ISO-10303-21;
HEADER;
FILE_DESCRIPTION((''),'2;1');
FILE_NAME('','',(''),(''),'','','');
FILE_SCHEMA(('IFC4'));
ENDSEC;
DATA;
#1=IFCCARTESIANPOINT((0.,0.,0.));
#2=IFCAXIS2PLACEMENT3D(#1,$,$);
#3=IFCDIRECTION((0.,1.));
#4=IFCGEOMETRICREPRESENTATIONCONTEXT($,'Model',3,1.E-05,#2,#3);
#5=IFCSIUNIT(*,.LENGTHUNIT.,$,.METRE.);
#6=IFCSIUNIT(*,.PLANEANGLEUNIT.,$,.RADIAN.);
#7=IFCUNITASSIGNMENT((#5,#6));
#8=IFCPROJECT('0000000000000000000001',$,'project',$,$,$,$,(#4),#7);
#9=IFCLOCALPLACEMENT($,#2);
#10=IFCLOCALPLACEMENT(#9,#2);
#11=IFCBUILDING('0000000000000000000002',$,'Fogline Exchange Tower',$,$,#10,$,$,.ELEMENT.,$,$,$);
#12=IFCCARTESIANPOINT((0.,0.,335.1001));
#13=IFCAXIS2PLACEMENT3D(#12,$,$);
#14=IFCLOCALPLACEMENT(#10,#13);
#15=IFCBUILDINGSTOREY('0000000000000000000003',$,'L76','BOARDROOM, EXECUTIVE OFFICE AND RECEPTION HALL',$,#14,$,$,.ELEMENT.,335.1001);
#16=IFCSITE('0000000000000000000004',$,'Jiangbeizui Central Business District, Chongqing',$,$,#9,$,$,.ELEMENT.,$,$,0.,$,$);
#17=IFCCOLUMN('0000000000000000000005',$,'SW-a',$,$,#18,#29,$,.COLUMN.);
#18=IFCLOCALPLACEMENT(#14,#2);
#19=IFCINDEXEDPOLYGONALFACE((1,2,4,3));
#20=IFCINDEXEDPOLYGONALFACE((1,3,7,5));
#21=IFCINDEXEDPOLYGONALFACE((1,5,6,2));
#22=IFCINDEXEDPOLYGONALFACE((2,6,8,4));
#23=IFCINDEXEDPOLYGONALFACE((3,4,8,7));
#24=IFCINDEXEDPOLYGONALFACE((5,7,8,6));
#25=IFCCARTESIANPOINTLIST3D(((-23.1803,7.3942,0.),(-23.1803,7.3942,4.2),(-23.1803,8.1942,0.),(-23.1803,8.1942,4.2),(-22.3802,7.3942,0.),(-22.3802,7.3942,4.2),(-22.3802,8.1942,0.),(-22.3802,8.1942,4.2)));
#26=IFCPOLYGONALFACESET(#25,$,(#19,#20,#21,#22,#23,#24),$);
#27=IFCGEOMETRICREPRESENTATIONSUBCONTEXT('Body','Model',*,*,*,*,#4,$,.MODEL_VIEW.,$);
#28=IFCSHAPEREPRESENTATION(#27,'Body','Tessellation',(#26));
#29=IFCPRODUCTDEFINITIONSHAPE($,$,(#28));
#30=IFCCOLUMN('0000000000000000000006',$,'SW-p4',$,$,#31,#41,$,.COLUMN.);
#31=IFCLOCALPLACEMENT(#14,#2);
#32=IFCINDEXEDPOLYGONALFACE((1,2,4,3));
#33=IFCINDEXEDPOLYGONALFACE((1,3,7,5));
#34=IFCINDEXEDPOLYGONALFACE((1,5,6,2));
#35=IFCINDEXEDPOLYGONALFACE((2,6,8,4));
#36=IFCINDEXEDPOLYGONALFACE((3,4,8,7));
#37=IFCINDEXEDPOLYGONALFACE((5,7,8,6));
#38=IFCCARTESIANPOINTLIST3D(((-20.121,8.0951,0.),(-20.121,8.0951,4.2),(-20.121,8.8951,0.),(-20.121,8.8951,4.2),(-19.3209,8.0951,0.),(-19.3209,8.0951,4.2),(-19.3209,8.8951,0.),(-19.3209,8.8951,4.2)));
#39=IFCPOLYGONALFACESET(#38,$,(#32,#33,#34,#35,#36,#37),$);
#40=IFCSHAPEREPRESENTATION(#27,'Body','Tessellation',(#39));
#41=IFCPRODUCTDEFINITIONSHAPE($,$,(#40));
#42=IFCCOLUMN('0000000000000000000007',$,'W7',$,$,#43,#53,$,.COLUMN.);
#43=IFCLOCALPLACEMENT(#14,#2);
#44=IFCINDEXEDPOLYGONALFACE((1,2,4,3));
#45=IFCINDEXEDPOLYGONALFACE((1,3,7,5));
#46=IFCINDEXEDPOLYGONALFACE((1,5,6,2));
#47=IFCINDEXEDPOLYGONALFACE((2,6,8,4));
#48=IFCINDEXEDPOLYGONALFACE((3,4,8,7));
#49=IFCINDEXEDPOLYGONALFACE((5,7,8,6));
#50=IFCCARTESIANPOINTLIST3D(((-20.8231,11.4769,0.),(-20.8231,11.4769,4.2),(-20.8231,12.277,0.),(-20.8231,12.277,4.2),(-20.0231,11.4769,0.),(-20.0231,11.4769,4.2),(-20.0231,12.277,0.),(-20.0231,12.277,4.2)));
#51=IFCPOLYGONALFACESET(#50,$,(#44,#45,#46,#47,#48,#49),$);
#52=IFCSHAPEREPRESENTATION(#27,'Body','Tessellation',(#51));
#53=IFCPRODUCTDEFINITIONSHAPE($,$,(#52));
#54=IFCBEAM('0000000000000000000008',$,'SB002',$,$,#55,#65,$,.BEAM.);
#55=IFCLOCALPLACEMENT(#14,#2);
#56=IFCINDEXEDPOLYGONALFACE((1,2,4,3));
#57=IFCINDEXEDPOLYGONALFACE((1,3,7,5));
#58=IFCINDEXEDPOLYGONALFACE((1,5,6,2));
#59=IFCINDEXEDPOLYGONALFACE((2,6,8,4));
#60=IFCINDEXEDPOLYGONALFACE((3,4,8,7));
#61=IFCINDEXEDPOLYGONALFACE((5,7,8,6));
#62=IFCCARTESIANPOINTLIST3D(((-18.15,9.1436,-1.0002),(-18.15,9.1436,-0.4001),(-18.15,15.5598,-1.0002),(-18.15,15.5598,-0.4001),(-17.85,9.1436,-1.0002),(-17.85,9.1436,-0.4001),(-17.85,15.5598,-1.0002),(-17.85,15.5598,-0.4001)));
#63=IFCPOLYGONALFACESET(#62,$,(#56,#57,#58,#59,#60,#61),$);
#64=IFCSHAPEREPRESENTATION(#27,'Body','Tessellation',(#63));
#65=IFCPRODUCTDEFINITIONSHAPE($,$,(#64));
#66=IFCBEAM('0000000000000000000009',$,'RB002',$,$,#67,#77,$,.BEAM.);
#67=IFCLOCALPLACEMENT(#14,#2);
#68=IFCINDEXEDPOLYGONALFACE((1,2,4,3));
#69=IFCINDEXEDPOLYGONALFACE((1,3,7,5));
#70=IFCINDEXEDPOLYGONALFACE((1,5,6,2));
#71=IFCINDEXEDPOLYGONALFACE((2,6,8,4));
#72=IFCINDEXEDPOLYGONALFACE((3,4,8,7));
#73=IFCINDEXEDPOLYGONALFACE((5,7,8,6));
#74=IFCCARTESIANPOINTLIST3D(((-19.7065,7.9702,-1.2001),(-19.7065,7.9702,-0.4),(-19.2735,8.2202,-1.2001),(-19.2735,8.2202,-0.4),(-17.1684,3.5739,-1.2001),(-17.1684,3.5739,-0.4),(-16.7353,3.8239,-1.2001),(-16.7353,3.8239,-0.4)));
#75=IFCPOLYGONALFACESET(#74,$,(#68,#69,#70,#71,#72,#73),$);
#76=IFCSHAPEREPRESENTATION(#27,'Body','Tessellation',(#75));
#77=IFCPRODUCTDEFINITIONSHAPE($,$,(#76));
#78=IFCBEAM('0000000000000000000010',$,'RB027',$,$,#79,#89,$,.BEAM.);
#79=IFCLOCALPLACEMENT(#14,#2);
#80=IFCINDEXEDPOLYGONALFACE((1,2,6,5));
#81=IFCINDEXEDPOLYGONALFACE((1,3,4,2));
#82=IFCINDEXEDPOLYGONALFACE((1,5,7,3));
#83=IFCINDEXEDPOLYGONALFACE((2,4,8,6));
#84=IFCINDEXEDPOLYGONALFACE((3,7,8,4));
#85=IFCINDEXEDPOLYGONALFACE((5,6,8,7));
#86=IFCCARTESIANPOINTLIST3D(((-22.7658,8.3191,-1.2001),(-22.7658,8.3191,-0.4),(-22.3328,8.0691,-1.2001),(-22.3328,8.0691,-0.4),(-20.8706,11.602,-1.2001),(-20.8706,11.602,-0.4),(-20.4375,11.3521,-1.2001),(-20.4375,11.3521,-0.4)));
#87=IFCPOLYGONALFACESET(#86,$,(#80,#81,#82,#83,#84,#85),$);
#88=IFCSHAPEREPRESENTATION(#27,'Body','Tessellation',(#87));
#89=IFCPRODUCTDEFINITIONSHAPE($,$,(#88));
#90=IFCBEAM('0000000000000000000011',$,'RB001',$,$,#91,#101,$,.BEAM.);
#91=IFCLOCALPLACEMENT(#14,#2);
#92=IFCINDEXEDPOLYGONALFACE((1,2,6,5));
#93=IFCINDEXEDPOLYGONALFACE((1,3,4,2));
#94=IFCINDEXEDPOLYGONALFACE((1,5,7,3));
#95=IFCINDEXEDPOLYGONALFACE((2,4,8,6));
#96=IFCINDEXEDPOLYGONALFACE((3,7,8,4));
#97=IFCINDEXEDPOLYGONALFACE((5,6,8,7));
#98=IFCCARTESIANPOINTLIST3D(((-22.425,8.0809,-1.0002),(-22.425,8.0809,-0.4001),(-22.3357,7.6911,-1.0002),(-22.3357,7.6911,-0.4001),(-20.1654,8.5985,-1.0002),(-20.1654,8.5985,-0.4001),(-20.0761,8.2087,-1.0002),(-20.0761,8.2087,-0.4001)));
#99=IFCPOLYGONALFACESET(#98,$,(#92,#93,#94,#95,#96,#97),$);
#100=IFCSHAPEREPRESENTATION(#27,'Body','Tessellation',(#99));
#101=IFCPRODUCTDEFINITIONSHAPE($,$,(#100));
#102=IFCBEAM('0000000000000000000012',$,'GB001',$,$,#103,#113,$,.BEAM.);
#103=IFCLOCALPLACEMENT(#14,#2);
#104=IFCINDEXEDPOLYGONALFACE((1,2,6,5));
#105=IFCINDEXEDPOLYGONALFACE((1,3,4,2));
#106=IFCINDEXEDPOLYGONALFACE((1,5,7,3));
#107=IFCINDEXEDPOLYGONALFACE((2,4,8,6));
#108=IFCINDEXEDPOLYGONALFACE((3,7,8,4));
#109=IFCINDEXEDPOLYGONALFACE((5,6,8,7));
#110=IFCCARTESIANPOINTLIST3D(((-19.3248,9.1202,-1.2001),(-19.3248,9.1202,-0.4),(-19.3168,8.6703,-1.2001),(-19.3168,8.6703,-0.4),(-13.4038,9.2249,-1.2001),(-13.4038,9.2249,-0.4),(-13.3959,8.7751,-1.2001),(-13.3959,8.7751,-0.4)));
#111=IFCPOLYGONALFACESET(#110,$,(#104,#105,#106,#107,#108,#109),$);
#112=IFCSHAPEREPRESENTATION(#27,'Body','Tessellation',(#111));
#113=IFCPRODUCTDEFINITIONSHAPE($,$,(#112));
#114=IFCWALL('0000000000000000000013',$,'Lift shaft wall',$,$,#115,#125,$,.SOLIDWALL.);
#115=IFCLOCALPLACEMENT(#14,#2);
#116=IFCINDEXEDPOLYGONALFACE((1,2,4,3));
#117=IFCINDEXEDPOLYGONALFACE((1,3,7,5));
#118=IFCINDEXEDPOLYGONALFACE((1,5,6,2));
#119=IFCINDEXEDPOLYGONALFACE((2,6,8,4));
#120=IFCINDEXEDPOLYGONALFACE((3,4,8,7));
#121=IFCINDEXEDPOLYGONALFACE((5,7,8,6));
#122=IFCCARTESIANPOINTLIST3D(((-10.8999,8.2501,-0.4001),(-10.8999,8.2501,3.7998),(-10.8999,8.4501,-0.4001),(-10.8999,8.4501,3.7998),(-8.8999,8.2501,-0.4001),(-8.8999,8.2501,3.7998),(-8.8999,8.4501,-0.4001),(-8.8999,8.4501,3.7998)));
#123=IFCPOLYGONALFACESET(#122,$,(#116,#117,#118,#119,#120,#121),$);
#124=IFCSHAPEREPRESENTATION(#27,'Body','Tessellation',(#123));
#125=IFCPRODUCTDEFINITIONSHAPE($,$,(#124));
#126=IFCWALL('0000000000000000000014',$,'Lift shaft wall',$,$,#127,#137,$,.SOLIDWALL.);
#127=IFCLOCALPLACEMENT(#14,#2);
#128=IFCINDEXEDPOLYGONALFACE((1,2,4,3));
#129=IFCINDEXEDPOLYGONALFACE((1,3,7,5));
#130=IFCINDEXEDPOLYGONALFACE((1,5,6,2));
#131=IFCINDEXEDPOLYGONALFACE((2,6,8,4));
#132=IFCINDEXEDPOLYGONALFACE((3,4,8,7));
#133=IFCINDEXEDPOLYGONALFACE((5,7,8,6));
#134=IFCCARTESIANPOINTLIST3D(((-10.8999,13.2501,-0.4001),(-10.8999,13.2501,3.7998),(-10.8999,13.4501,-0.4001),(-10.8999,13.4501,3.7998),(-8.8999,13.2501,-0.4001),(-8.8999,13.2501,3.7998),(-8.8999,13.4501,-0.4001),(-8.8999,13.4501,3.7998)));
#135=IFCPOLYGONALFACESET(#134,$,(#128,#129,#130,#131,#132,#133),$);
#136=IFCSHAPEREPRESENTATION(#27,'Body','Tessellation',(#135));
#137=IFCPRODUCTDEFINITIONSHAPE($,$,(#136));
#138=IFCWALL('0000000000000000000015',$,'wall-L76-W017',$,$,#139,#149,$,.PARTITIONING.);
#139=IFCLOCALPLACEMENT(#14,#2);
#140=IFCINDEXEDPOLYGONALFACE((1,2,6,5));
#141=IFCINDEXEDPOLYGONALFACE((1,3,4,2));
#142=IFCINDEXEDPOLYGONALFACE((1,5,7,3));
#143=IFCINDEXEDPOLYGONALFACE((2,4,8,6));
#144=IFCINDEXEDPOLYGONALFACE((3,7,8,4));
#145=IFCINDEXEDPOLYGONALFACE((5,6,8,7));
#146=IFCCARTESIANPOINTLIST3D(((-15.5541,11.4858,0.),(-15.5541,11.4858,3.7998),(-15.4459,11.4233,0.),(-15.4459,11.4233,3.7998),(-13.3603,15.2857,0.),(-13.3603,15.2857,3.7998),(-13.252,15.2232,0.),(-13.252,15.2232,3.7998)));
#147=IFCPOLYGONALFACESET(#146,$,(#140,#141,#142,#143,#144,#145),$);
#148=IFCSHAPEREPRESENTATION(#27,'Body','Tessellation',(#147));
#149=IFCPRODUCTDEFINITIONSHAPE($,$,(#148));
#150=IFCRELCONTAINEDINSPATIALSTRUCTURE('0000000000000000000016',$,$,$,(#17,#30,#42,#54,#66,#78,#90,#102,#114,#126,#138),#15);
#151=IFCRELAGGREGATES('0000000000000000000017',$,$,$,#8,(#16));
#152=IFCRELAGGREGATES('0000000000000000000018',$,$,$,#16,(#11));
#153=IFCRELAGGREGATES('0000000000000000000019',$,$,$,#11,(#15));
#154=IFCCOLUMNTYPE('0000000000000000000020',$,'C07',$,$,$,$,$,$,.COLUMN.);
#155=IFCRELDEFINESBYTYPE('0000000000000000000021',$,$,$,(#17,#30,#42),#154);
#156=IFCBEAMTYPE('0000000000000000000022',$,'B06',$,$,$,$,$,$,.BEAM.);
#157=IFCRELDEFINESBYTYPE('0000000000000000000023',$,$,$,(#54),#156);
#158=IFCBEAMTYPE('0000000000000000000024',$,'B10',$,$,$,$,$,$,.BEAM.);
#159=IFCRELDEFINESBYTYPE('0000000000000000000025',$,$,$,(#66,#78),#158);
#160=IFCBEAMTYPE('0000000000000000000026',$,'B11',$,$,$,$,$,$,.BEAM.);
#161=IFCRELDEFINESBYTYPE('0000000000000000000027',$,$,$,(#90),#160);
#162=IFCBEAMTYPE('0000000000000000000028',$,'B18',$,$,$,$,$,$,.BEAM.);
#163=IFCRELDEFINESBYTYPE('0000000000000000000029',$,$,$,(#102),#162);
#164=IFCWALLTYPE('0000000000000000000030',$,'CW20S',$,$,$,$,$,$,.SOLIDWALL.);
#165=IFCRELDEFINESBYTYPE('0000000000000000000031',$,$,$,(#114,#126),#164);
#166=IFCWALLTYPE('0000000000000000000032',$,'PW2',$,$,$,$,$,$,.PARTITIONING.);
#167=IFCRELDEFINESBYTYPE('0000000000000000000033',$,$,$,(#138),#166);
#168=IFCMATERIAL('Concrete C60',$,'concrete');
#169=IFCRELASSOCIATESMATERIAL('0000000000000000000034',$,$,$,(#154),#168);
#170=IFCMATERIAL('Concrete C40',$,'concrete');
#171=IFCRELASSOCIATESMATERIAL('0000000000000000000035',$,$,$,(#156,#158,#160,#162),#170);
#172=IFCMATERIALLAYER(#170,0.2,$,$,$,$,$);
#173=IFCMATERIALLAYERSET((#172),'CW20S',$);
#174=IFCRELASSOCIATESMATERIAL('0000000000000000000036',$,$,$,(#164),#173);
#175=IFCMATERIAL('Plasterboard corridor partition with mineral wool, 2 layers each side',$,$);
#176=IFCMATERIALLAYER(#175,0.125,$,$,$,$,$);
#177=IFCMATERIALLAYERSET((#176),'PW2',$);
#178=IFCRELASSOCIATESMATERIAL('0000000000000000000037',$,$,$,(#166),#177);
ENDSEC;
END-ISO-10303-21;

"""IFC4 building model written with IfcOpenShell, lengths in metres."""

from ifc_helpers import new_model, si_unit, direction, frame, frame_2d, origin, origin_2d, place, context, subcontext, project, spatial, rectangle, extrude, material, layer, layer_set, material_profile, profile_set, type_object, element, save


model = new_model("IFC4")

# Units and contexts
model_context = context("Model", 3, precision=1e-05, world=origin(), true_north=direction((0.0, 1.0)))
body_context = subcontext(model_context, "Body", "Model", "MODEL_VIEW")
ifc_project = project(units=[si_unit("LENGTHUNIT", "METRE"), si_unit("PLANEANGLEUNIT", "RADIAN")], contexts=[model_context])

# Site, building, storey
site_placement = place(None, origin())
site = spatial("IfcSite", under=ifc_project, at=site_placement, Name="Jiangbeizui Central Business District, Chongqing", CompositionType="ELEMENT", RefElevation=0.0)
building_placement = place(site_placement, origin())
building = spatial("IfcBuilding", under=site, at=building_placement, Name="Fogline Exchange Tower", CompositionType="ELEMENT")
storey_placement = place(building_placement, frame((0.0, 0.0, 335.1001)))
storey = spatial("IfcBuildingStorey", under=building, at=storey_placement, Name="L76", Description="BOARDROOM, EXECUTIVE OFFICE AND RECEPTION HALL", CompositionType="ELEMENT", Elevation=335.1001)

# Columns
ifc_material_1 = material(Name="Concrete C60", Category="concrete")
ifc_material_profile_1 = material_profile(ifc_material_1, rectangle(XDim=0.8, YDim=0.8, at=origin_2d()), Name="RC 800x800")
ifc_profile_set_1 = profile_set([ifc_material_profile_1], Name="Concrete C60")
column_type = type_object("IfcColumnType", Name="C07", PredefinedType="COLUMN", material=ifc_profile_set_1)
for number, where, z_axis, x_axis, name in (
    (1, (-22.7803, 7.7942, 0.0), (0.0, 0.0, 1.0), (1.0, 0.0, 0.0), "SW-a"),
    (2, (-19.7209, 8.4951, 0.0), (0.0, 0.0, 1.0), (1.0, 0.0, 0.0), "SW-p4"),
    (3, (-20.4231, 11.877, 0.0), (0.0, 0.0, 1.0), (1.0, 0.0, 0.0), "W7"),
):
    element("IfcColumn", number, at=place(storey_placement, frame(where, z_axis=z_axis, x_axis=x_axis)), inside=storey, type_object=column_type, Name=name, PredefinedType="COLUMN", context=body_context, shape_type="SweptSolid", body=[
        extrude(rectangle(XDim=0.8, YDim=0.8, at=origin_2d()), origin(), (0.0, 0.0, 1.0), 4.2),
    ])

# Beams
ifc_material_2 = material(Name="Concrete C40", Category="concrete")
ifc_material_profile_2 = material_profile(ifc_material_2, rectangle(XDim=0.3, YDim=0.6001, at=origin_2d()), Name="RC 300x600")
ifc_profile_set_2 = profile_set([ifc_material_profile_2], Name="Concrete C40")
beam_type_1 = type_object("IfcBeamType", Name="B06", PredefinedType="BEAM", material=ifc_profile_set_2)
beam_1_placement = place(storey_placement, frame((-18.0, 9.1436, -0.7002), z_axis=(0.0, 1.0, 0.0), x_axis=(-1.0, 0.0, 0.0)))
element("IfcBeam", 4, at=beam_1_placement, inside=storey, type_object=beam_type_1, Name="SB002", PredefinedType="BEAM", context=body_context, shape_type="SweptSolid", body=[
    extrude(rectangle(XDim=0.3, YDim=0.6001, at=origin_2d()), origin(), (0.0, 0.0, 1.0), 6.4163),
])
ifc_material_profile_3 = material_profile(ifc_material_2, rectangle(XDim=0.5, YDim=0.8, at=origin_2d()), Name="RC 500x800")
ifc_profile_set_3 = profile_set([ifc_material_profile_3], Name="Concrete C40")
beam_type_2 = type_object("IfcBeamType", Name="B10", PredefinedType="BEAM", material=ifc_profile_set_3)
beam_2_placement = place(storey_placement, frame((-19.49, 8.0952, -0.8), z_axis=(0.499988, -0.866033, 0.0), x_axis=(0.866033, 0.499988, 0.0)))
element("IfcBeam", 5, at=beam_2_placement, inside=storey, type_object=beam_type_2, Name="RB002", PredefinedType="BEAM", context=body_context, shape_type="SweptSolid", body=[
    extrude(rectangle(XDim=0.5, YDim=0.8, at=origin_2d()), origin(), (0.0, 0.0, 1.0), 5.0764),
])
beam_3_placement = place(storey_placement, frame((-20.6541, 11.4771, -0.8), z_axis=(-0.49997, -0.866043, 0.0), x_axis=(0.866043, -0.49997, 0.0)))
element("IfcBeam", 6, at=beam_3_placement, inside=storey, type_object=beam_type_2, Name="RB027", PredefinedType="BEAM", context=body_context, shape_type="SweptSolid", body=[
    extrude(rectangle(XDim=0.5, YDim=0.8, at=origin_2d()), origin(), (0.0, 0.0, 1.0), 3.7908),
])
ifc_material_profile_4 = material_profile(ifc_material_2, rectangle(XDim=0.3999, YDim=0.6001, at=origin_2d()), Name="RC 400x600")
ifc_profile_set_4 = profile_set([ifc_material_profile_4], Name="Concrete C40")
beam_type_3 = type_object("IfcBeamType", Name="B11", PredefinedType="BEAM", material=ifc_profile_set_4)
beam_4_placement = place(storey_placement, frame((-22.3804, 7.886, -0.7002), z_axis=(0.974754, 0.223282, 0.0), x_axis=(-0.223282, 0.974754, 0.0)))
element("IfcBeam", 7, at=beam_4_placement, inside=storey, type_object=beam_type_3, Name="RB001", PredefinedType="BEAM", context=body_context, shape_type="SweptSolid", body=[
    extrude(rectangle(XDim=0.3999, YDim=0.6001, at=origin_2d()), origin(), (0.0, 0.0, 1.0), 2.3181),
])
ifc_material_profile_5 = material_profile(ifc_material_2, rectangle(XDim=0.45, YDim=0.8, at=origin_2d()), Name="RC 450x800")
ifc_profile_set_5 = profile_set([ifc_material_profile_5], Name="Concrete C40")
beam_type_4 = type_object("IfcBeamType", Name="B18", PredefinedType="BEAM", material=ifc_profile_set_5)
beam_5_placement = place(storey_placement, frame((-19.3208, 8.8953, -0.8), z_axis=(0.999844, 0.017686, 0.0), x_axis=(-0.017686, 0.999844, 0.0)))
element("IfcBeam", 8, at=beam_5_placement, inside=storey, type_object=beam_type_4, Name="GB001", PredefinedType="BEAM", context=body_context, shape_type="SweptSolid", body=[
    extrude(rectangle(XDim=0.45, YDim=0.8, at=origin_2d()), origin(), (0.0, 0.0, 1.0), 5.9219),
])

# Walls
ifc_layer_1 = layer(ifc_material_2, 0.2)
ifc_layer_set_1 = layer_set([ifc_layer_1], Name="CW20S")
wall_type_1 = type_object("IfcWallType", Name="CW20S", PredefinedType="SOLIDWALL", material=ifc_layer_set_1)
for number, where, z_axis, x_axis, name in (
    (9, (-10.8999, 8.3501, -0.4001), (0.0, 0.0, 1.0), (1.0, 0.0, 0.0), "Lift shaft wall"),
    (10, (-10.8999, 13.3501, -0.4001), (0.0, 0.0, 1.0), (1.0, 0.0, 0.0), "Lift shaft wall"),
):
    element("IfcWall", number, at=place(storey_placement, frame(where, z_axis=z_axis, x_axis=x_axis)), inside=storey, type_object=wall_type_1, Name=name, PredefinedType="SOLIDWALL", context=body_context, shape_type="SweptSolid", body=[
        extrude(rectangle(XDim=2.0, YDim=0.2, at=frame_2d((1.0, 0.0))), origin(), (0.0, 0.0, 1.0), 4.2),
    ])

# Wall
ifc_material_3 = material(Name="Plasterboard corridor partition with mineral wool, 2 layers each side")
ifc_layer_2 = layer(ifc_material_3, 0.125)
ifc_layer_set_2 = layer_set([ifc_layer_2], Name="PW2")
wall_type_2 = type_object("IfcWallType", Name="PW2", PredefinedType="PARTITIONING", material=ifc_layer_set_2)
wall_1_placement = place(storey_placement, frame((-15.5, 11.4546, 0.0), z_axis=(0.0, 0.0, 1.0), x_axis=(0.500005, 0.866023, 0.0)))
element("IfcWall", 11, at=wall_1_placement, inside=storey, type_object=wall_type_2, Name="wall-L76-W017", PredefinedType="PARTITIONING", context=body_context, shape_type="SweptSolid", body=[
    extrude(rectangle(XDim=4.3877, YDim=0.125, at=frame_2d((2.1938, 0.0))), origin(), (0.0, 0.0, 1.0), 3.7998),
])

save(model, "model.ifc")
